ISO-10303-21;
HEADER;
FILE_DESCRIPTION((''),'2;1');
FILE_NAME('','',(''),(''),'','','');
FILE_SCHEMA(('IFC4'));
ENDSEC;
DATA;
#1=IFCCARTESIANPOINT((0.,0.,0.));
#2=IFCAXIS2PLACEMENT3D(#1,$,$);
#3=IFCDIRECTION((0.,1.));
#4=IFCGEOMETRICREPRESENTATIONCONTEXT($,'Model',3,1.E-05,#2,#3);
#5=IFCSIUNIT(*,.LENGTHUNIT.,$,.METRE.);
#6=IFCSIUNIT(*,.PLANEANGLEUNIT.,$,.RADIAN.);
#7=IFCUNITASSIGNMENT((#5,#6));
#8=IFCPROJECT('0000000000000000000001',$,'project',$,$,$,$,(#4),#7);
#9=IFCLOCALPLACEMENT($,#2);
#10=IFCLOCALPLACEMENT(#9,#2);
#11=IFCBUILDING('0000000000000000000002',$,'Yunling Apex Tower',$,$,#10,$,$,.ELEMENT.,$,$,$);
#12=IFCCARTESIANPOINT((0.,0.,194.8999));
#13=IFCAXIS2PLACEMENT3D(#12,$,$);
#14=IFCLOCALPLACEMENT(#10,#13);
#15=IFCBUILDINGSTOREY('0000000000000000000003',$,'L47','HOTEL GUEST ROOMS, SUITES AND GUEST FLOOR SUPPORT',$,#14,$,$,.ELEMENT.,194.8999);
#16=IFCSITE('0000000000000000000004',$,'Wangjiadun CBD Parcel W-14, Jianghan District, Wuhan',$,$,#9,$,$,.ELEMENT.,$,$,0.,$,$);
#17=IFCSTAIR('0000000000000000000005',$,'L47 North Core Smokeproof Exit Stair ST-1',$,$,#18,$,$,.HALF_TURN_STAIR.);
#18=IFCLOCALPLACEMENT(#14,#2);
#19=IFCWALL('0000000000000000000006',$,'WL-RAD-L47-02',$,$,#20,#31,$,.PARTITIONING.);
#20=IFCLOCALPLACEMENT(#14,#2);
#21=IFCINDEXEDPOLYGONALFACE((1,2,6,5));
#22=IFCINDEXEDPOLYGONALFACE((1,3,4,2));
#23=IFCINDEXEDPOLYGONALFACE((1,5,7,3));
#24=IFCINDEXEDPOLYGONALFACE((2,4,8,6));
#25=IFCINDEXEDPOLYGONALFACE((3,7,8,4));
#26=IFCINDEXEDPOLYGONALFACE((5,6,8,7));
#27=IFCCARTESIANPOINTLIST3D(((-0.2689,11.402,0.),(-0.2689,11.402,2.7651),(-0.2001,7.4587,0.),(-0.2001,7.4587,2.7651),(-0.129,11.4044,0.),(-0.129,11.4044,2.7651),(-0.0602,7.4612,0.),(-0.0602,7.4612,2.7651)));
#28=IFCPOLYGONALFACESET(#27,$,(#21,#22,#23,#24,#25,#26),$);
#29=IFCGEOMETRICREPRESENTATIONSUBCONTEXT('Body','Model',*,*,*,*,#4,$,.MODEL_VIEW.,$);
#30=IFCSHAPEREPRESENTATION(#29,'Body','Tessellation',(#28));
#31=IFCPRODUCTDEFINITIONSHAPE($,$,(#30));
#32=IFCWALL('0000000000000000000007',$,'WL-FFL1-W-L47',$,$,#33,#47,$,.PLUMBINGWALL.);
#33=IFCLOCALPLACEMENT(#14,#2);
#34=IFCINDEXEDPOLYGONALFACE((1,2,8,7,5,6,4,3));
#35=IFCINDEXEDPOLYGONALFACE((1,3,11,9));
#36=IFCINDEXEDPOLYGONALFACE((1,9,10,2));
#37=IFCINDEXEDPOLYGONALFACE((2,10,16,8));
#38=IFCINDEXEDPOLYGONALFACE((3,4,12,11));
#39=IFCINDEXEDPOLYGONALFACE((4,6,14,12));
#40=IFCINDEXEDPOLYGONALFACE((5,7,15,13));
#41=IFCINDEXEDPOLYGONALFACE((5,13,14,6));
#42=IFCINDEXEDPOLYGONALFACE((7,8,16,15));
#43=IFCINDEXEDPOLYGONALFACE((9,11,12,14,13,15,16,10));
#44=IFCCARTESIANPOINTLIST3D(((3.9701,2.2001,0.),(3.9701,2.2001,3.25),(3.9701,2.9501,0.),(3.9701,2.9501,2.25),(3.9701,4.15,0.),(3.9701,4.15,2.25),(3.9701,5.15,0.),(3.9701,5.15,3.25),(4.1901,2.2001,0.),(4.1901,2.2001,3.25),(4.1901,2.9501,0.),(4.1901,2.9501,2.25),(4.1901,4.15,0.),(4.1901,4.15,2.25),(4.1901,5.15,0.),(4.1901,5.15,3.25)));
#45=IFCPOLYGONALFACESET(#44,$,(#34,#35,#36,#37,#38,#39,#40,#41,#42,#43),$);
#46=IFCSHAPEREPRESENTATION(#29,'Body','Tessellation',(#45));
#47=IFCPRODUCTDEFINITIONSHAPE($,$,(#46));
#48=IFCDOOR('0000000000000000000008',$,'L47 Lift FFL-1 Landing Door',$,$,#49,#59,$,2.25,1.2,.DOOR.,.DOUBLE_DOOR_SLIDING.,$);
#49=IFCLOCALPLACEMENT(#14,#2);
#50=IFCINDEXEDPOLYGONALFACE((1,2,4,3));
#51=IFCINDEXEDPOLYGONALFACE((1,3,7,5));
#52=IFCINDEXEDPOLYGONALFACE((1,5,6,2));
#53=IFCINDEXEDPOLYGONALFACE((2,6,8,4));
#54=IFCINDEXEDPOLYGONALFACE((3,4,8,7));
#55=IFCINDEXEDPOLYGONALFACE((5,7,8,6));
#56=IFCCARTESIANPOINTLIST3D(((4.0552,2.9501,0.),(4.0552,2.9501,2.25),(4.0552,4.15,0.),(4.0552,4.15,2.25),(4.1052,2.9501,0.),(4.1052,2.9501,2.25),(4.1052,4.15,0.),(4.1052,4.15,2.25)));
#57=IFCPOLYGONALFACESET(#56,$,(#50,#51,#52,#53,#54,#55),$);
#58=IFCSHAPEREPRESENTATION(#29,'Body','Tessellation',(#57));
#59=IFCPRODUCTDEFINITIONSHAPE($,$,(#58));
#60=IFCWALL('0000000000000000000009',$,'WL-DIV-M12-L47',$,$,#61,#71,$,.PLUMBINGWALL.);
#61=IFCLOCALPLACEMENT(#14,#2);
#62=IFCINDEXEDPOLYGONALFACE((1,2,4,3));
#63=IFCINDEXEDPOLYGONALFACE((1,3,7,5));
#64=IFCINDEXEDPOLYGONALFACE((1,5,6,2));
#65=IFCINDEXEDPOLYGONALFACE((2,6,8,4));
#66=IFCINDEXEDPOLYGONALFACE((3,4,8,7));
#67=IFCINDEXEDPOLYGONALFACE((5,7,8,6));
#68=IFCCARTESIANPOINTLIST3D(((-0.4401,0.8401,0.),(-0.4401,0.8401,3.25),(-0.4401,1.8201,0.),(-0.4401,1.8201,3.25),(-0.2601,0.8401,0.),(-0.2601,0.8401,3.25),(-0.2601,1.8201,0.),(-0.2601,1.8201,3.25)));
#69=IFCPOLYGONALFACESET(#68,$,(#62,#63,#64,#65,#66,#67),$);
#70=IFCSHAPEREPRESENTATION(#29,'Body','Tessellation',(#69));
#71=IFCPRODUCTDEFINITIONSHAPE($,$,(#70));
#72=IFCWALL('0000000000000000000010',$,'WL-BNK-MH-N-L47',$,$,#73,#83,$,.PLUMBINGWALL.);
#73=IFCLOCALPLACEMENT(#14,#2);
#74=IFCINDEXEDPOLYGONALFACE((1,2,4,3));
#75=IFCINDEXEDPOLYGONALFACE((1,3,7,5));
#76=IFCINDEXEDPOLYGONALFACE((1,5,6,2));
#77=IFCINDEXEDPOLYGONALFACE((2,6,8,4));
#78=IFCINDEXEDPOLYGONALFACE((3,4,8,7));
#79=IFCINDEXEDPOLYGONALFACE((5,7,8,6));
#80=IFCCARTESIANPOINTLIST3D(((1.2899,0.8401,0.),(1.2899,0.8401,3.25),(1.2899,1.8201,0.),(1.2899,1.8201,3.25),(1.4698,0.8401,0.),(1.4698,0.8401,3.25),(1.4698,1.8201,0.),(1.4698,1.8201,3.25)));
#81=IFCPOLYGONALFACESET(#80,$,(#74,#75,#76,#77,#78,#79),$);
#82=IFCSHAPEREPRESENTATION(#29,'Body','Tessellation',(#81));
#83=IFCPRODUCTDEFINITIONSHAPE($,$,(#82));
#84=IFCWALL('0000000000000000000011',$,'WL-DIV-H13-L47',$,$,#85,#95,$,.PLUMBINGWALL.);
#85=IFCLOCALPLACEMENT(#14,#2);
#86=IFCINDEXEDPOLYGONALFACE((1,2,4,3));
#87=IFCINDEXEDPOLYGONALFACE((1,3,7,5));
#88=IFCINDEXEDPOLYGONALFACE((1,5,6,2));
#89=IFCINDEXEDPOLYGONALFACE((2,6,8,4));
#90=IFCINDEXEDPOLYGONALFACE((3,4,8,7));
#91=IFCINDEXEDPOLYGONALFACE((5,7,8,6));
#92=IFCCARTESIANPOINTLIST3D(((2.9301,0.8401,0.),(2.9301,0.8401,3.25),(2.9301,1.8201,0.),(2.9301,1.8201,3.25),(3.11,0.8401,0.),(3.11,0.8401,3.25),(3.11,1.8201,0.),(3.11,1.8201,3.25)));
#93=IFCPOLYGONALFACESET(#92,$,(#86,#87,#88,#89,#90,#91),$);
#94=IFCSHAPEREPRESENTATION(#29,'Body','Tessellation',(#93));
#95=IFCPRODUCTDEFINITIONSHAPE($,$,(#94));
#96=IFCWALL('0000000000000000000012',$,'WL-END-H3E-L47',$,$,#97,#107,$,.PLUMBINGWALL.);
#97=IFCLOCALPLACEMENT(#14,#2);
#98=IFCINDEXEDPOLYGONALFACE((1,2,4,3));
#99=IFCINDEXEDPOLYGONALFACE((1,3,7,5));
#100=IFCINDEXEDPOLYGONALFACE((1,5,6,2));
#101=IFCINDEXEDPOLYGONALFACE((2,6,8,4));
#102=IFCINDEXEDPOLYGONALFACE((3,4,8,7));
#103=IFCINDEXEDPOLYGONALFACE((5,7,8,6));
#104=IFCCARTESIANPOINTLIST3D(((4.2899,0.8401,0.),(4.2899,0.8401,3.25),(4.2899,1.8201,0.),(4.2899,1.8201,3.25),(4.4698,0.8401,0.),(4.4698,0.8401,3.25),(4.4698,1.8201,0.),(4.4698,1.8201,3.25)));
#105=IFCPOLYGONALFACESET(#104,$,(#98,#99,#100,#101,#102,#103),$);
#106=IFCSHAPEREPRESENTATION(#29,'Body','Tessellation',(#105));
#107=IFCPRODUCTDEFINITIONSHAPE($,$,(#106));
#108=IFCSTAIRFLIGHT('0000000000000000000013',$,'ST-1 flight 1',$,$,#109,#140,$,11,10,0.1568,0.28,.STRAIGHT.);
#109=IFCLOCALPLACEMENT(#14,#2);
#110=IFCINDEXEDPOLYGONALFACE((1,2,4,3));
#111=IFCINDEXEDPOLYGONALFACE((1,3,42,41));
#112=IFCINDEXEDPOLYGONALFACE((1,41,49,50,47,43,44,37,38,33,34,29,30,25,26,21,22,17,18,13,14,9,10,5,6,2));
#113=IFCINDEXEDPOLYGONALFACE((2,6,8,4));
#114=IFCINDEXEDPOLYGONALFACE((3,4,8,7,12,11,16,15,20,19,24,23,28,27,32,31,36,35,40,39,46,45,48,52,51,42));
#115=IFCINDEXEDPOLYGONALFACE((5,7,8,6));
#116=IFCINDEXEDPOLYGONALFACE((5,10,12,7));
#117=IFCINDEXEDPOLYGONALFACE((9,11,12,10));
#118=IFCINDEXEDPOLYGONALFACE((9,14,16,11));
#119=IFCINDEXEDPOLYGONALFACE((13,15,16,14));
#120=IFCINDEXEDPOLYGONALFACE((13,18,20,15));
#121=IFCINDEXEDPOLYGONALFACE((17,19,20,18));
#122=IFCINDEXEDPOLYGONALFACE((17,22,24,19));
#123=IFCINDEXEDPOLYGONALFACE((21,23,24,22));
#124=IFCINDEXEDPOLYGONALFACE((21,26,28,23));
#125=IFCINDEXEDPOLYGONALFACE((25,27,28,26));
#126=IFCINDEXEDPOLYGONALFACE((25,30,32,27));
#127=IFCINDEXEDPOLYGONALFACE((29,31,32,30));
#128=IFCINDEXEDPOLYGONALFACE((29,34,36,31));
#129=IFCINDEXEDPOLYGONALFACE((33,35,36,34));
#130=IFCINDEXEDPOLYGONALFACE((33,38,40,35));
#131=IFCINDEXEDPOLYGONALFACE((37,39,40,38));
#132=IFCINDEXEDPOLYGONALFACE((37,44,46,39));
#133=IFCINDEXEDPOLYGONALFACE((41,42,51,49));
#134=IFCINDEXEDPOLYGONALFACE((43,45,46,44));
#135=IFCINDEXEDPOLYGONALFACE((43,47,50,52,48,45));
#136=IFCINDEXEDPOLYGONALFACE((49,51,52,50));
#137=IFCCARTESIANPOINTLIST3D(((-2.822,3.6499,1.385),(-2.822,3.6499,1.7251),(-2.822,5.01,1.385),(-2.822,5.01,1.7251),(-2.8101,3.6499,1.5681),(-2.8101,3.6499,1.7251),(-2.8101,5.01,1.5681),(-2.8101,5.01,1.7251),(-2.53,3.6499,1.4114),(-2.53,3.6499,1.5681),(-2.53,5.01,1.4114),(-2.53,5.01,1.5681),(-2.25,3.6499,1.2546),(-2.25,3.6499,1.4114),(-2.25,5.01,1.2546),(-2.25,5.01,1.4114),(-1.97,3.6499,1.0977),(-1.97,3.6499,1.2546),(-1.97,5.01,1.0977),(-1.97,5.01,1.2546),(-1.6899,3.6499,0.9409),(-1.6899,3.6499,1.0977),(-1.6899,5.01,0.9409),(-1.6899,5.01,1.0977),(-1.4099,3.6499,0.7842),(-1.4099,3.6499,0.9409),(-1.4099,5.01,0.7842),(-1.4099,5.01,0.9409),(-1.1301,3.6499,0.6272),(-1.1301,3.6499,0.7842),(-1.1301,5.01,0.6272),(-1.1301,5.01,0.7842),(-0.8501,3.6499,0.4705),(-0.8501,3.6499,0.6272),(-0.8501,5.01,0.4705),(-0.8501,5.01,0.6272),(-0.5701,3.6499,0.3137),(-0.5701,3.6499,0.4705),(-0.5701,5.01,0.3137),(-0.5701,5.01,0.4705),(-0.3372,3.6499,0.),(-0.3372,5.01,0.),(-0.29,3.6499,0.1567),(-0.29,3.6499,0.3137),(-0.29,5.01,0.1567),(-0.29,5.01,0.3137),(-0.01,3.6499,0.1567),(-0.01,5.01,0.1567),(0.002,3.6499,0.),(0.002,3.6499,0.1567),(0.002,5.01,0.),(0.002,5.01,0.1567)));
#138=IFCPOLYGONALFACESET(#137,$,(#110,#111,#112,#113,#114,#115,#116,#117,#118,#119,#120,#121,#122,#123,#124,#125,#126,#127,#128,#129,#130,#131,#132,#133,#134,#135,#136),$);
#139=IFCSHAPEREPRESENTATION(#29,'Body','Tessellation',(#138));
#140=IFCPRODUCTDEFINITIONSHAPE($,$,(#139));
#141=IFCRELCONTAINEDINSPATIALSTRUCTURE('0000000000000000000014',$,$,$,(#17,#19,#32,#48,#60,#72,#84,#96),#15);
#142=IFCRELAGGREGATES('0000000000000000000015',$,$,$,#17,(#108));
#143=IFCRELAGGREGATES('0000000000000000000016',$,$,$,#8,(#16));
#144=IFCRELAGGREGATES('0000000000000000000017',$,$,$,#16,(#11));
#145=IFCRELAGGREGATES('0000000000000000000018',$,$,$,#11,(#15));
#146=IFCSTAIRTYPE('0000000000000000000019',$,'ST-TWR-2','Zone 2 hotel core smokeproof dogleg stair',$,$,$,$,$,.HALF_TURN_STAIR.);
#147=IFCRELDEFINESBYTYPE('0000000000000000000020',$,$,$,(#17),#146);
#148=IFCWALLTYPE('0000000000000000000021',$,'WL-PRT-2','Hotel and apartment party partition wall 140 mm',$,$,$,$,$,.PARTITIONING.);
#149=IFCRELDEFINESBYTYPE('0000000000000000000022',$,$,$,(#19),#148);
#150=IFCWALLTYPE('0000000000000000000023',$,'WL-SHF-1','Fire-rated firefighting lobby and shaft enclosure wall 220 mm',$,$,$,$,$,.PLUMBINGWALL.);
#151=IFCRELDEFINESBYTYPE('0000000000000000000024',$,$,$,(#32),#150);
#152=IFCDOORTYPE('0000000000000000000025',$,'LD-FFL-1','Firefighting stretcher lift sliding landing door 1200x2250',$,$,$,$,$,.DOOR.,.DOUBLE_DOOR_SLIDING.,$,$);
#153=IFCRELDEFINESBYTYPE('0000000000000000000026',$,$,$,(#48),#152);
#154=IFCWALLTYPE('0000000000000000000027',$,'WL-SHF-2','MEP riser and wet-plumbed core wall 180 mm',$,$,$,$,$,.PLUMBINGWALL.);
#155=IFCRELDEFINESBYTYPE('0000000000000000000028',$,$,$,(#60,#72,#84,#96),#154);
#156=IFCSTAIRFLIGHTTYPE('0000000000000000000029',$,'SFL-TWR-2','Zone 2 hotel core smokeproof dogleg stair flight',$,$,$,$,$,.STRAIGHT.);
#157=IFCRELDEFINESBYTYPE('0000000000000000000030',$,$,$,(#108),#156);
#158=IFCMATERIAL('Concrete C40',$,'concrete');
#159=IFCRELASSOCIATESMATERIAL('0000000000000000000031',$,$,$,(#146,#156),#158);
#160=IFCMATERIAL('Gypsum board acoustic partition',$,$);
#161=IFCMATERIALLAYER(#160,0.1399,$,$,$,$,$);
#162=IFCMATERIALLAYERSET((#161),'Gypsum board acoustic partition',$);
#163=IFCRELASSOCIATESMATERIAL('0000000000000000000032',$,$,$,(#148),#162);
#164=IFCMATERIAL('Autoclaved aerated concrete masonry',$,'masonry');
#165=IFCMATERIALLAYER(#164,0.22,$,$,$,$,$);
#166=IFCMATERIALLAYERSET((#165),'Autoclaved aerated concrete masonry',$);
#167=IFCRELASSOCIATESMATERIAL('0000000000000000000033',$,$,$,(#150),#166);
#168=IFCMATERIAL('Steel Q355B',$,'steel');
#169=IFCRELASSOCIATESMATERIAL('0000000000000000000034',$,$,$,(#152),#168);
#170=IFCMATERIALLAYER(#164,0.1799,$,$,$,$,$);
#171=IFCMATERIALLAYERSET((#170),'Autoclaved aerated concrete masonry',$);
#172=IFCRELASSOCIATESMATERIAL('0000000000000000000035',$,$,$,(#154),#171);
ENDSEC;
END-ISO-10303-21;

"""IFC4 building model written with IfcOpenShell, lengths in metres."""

from ifc_helpers import new_model, si_unit, direction, frame, frame_2d, origin, place, context, subcontext, project, spatial, polyline, rectangle, outline, extrude, material, layer, layer_set, type_object, element, fill, aggregate, save


model = new_model("IFC4")

# Units and contexts
model_context = context("Model", 3, precision=1e-05, world=origin(), true_north=direction((0.0, 1.0)))
body_context = subcontext(model_context, "Body", "Model", "MODEL_VIEW")
ifc_project = project(units=[si_unit("LENGTHUNIT", "METRE"), si_unit("PLANEANGLEUNIT", "RADIAN")], contexts=[model_context])

# Site, building, storey
site_placement = place(None, origin())
site = spatial("IfcSite", under=ifc_project, at=site_placement, Name="Wangjiadun CBD Parcel W-14, Jianghan District, Wuhan", CompositionType="ELEMENT", RefElevation=0.0)
building_placement = place(site_placement, origin())
building = spatial("IfcBuilding", under=site, at=building_placement, Name="Yunling Apex Tower", CompositionType="ELEMENT")
storey_placement = place(building_placement, frame((0.0, 0.0, 194.8999)))
storey = spatial("IfcBuildingStorey", under=building, at=storey_placement, Name="L47", Description="HOTEL GUEST ROOMS, SUITES AND GUEST FLOOR SUPPORT", CompositionType="ELEMENT", Elevation=194.8999)

# Shared definitions
ifc_material_1 = material(Name="Steel Q355B", Category="steel")

# Shared definitions
ifc_material_2 = material(Name="Concrete C40", Category="concrete")

# Stair
stair_type = type_object("IfcStairType", Name="ST-TWR-2", Description="Zone 2 hotel core smokeproof dogleg stair", PredefinedType="HALF_TURN_STAIR", material=ifc_material_2)
stair_1_placement = place(storey_placement, origin())
stair_1 = element("IfcStair", 1, at=stair_1_placement, inside=storey, type_object=stair_type, Name="L47 North Core Smokeproof Exit Stair ST-1", PredefinedType="HALF_TURN_STAIR")

# Wall
ifc_material_3 = material(Name="Gypsum board acoustic partition")
ifc_layer_1 = layer(ifc_material_3, 0.1399)
ifc_layer_set_1 = layer_set([ifc_layer_1], Name="Gypsum board acoustic partition")
wall_type_1 = type_object("IfcWallType", Name="WL-PRT-2", Description="Hotel and apartment party partition wall 140 mm", PredefinedType="PARTITIONING", material=ifc_layer_set_1)
wall_1_placement = place(storey_placement, frame((-0.1301, 7.46, 0.0), z_axis=(0.0, 0.0, 1.0), x_axis=(-0.017456, 0.999848, 0.0)))
element("IfcWall", 2, at=wall_1_placement, inside=storey, type_object=wall_type_1, Name="WL-RAD-L47-02", PredefinedType="PARTITIONING", context=body_context, shape_type="SweptSolid", body=[
    extrude(rectangle(XDim=3.9438, YDim=0.1399, at=frame_2d((1.9719, 0.0))), origin(), (0.0, 0.0, 1.0), 2.7651),
])

# Wall, opening, door
ifc_material_4 = material(Name="Autoclaved aerated concrete masonry", Category="masonry")
ifc_layer_2 = layer(ifc_material_4, 0.22)
ifc_layer_set_2 = layer_set([ifc_layer_2], Name="Autoclaved aerated concrete masonry")
wall_type_2 = type_object("IfcWallType", Name="WL-SHF-1", Description="Fire-rated firefighting lobby and shaft enclosure wall 220 mm", PredefinedType="PLUMBINGWALL", material=ifc_layer_set_2)
wall_2_placement = place(storey_placement, frame((4.0801, 2.2, 0.0), z_axis=(0.0, 0.0, 1.0), x_axis=(0.0, 1.0, 0.0)))
wall_2 = element("IfcWall", 3, at=wall_2_placement, inside=storey, type_object=wall_type_2, Name="WL-FFL1-W-L47", PredefinedType="PLUMBINGWALL", context=body_context, shape_type="SweptSolid", body=[
    extrude(rectangle(XDim=2.95, YDim=0.22, at=frame_2d((1.4751, 0.0))), origin(), (0.0, 0.0, 1.0), 3.25),
])
opening_1_placement = place(wall_2_placement, frame((0.75, 0.0, 0.0)))
opening_1 = element("IfcOpeningElement", 4, at=opening_1_placement, cuts=wall_2, PredefinedType="OPENING", context=body_context, shape_type="SweptSolid", body=[
    extrude(rectangle(XDim=1.2, YDim=2.25, at=frame_2d((0.6001, 1.125))), frame((0.0, 0.1201, 0.0), z_axis=(0.0, -1.0, 0.0), x_axis=(1.0, 0.0, 0.0)), (0.0, 0.0, 1.0), 0.24),
])
door_type_1 = type_object("IfcDoorType", Name="LD-FFL-1", Description="Firefighting stretcher lift sliding landing door 1200x2250", OperationType="DOUBLE_DOOR_SLIDING", PredefinedType="DOOR", material=ifc_material_1)
door_1_placement = place(opening_1_placement, origin())
door_1 = element("IfcDoor", 5, at=door_1_placement, inside=storey, type_object=door_type_1, Name="L47 Lift FFL-1 Landing Door", OperationType="DOUBLE_DOOR_SLIDING", OverallHeight=2.25, OverallWidth=1.2, PredefinedType="DOOR", context=body_context, shape_type="SweptSolid", body=[
    extrude(rectangle(XDim=1.2, YDim=2.25, at=frame_2d((0.6001, 1.125))), frame((0.0, 0.0249, 0.0), z_axis=(0.0, -1.0, 0.0), x_axis=(1.0, 0.0, 0.0)), (0.0, 0.0, 1.0), 0.05),
])
fill(opening_1, door_1)

# Walls
ifc_layer_3 = layer(ifc_material_4, 0.1799)
ifc_layer_set_3 = layer_set([ifc_layer_3], Name="Autoclaved aerated concrete masonry")
wall_type_3 = type_object("IfcWallType", Name="WL-SHF-2", Description="MEP riser and wet-plumbed core wall 180 mm", PredefinedType="PLUMBINGWALL", material=ifc_layer_set_3)
for number, where, z_axis, x_axis, name in (
    (6, (-0.3501, 0.8401, 0.0), (0.0, 0.0, 1.0), (0.0, 1.0, 0.0), "WL-DIV-M12-L47"),
    (7, (1.3799, 0.8401, 0.0), (0.0, 0.0, 1.0), (0.0, 1.0, 0.0), "WL-BNK-MH-N-L47"),
    (8, (3.02, 0.8401, 0.0), (0.0, 0.0, 1.0), (0.0, 1.0, 0.0), "WL-DIV-H13-L47"),
    (9, (4.3799, 0.8401, 0.0), (0.0, 0.0, 1.0), (0.0, 1.0, 0.0), "WL-END-H3E-L47"),
):
    element("IfcWall", number, at=place(storey_placement, frame(where, z_axis=z_axis, x_axis=x_axis)), inside=storey, type_object=wall_type_3, Name=name, PredefinedType="PLUMBINGWALL", context=body_context, shape_type="SweptSolid", body=[
        extrude(rectangle(XDim=0.98, YDim=0.1799, at=frame_2d((0.49, 0.0))), origin(), (0.0, 0.0, 1.0), 3.25),
    ])

# Stair flight
stair_flight_type = type_object("IfcStairFlightType", Name="SFL-TWR-2", Description="Zone 2 hotel core smokeproof dogleg stair flight", PredefinedType="STRAIGHT", material=ifc_material_2)
stair_flight_placement = place(storey_placement, frame((-0.01, 4.3301, 0.0), z_axis=(0.0, 0.0, 1.0), x_axis=(-1.0, 0.0, 0.0)))
stair_flight = element("IfcStairFlight", 10, at=stair_flight_placement, type_object=stair_flight_type, Name="ST-1 flight 1", NumberOfRisers=11, NumberOfTreads=10, PredefinedType="STRAIGHT", RiserHeight=0.1568, TreadLength=0.28, context=body_context, shape_type="SweptSolid", body=[
    extrude(outline(polyline([(-0.012, 0.0), (-0.012, 0.1567), (0.0, 0.1567), (0.28, 0.1567), (0.28, 0.3137), (0.5601, 0.3137), (0.5601, 0.4705), (0.8401, 0.4705), (0.8401, 0.6272), (1.1201, 0.6272), (1.1201, 0.7842), (1.3999, 0.7842), (1.3999, 0.9409), (1.6799, 0.9409), (1.6799, 1.0977), (1.96, 1.0977), (1.96, 1.2546), (2.24, 1.2546), (2.24, 1.4114), (2.52, 1.4114), (2.52, 1.5681), (2.8, 1.5681), (2.8, 1.7251), (2.812, 1.7251), (2.812, 1.385), (0.3271, 0.0), (-0.012, 0.0)])), frame((0.0, 0.6802, 0.0), z_axis=(0.0, -1.0, 0.0), x_axis=(1.0, 0.0, 0.0)), (0.0, 0.0, 1.0), 1.3601),
])
aggregate(stair_1, [stair_flight])

save(model, "model.ifc")
